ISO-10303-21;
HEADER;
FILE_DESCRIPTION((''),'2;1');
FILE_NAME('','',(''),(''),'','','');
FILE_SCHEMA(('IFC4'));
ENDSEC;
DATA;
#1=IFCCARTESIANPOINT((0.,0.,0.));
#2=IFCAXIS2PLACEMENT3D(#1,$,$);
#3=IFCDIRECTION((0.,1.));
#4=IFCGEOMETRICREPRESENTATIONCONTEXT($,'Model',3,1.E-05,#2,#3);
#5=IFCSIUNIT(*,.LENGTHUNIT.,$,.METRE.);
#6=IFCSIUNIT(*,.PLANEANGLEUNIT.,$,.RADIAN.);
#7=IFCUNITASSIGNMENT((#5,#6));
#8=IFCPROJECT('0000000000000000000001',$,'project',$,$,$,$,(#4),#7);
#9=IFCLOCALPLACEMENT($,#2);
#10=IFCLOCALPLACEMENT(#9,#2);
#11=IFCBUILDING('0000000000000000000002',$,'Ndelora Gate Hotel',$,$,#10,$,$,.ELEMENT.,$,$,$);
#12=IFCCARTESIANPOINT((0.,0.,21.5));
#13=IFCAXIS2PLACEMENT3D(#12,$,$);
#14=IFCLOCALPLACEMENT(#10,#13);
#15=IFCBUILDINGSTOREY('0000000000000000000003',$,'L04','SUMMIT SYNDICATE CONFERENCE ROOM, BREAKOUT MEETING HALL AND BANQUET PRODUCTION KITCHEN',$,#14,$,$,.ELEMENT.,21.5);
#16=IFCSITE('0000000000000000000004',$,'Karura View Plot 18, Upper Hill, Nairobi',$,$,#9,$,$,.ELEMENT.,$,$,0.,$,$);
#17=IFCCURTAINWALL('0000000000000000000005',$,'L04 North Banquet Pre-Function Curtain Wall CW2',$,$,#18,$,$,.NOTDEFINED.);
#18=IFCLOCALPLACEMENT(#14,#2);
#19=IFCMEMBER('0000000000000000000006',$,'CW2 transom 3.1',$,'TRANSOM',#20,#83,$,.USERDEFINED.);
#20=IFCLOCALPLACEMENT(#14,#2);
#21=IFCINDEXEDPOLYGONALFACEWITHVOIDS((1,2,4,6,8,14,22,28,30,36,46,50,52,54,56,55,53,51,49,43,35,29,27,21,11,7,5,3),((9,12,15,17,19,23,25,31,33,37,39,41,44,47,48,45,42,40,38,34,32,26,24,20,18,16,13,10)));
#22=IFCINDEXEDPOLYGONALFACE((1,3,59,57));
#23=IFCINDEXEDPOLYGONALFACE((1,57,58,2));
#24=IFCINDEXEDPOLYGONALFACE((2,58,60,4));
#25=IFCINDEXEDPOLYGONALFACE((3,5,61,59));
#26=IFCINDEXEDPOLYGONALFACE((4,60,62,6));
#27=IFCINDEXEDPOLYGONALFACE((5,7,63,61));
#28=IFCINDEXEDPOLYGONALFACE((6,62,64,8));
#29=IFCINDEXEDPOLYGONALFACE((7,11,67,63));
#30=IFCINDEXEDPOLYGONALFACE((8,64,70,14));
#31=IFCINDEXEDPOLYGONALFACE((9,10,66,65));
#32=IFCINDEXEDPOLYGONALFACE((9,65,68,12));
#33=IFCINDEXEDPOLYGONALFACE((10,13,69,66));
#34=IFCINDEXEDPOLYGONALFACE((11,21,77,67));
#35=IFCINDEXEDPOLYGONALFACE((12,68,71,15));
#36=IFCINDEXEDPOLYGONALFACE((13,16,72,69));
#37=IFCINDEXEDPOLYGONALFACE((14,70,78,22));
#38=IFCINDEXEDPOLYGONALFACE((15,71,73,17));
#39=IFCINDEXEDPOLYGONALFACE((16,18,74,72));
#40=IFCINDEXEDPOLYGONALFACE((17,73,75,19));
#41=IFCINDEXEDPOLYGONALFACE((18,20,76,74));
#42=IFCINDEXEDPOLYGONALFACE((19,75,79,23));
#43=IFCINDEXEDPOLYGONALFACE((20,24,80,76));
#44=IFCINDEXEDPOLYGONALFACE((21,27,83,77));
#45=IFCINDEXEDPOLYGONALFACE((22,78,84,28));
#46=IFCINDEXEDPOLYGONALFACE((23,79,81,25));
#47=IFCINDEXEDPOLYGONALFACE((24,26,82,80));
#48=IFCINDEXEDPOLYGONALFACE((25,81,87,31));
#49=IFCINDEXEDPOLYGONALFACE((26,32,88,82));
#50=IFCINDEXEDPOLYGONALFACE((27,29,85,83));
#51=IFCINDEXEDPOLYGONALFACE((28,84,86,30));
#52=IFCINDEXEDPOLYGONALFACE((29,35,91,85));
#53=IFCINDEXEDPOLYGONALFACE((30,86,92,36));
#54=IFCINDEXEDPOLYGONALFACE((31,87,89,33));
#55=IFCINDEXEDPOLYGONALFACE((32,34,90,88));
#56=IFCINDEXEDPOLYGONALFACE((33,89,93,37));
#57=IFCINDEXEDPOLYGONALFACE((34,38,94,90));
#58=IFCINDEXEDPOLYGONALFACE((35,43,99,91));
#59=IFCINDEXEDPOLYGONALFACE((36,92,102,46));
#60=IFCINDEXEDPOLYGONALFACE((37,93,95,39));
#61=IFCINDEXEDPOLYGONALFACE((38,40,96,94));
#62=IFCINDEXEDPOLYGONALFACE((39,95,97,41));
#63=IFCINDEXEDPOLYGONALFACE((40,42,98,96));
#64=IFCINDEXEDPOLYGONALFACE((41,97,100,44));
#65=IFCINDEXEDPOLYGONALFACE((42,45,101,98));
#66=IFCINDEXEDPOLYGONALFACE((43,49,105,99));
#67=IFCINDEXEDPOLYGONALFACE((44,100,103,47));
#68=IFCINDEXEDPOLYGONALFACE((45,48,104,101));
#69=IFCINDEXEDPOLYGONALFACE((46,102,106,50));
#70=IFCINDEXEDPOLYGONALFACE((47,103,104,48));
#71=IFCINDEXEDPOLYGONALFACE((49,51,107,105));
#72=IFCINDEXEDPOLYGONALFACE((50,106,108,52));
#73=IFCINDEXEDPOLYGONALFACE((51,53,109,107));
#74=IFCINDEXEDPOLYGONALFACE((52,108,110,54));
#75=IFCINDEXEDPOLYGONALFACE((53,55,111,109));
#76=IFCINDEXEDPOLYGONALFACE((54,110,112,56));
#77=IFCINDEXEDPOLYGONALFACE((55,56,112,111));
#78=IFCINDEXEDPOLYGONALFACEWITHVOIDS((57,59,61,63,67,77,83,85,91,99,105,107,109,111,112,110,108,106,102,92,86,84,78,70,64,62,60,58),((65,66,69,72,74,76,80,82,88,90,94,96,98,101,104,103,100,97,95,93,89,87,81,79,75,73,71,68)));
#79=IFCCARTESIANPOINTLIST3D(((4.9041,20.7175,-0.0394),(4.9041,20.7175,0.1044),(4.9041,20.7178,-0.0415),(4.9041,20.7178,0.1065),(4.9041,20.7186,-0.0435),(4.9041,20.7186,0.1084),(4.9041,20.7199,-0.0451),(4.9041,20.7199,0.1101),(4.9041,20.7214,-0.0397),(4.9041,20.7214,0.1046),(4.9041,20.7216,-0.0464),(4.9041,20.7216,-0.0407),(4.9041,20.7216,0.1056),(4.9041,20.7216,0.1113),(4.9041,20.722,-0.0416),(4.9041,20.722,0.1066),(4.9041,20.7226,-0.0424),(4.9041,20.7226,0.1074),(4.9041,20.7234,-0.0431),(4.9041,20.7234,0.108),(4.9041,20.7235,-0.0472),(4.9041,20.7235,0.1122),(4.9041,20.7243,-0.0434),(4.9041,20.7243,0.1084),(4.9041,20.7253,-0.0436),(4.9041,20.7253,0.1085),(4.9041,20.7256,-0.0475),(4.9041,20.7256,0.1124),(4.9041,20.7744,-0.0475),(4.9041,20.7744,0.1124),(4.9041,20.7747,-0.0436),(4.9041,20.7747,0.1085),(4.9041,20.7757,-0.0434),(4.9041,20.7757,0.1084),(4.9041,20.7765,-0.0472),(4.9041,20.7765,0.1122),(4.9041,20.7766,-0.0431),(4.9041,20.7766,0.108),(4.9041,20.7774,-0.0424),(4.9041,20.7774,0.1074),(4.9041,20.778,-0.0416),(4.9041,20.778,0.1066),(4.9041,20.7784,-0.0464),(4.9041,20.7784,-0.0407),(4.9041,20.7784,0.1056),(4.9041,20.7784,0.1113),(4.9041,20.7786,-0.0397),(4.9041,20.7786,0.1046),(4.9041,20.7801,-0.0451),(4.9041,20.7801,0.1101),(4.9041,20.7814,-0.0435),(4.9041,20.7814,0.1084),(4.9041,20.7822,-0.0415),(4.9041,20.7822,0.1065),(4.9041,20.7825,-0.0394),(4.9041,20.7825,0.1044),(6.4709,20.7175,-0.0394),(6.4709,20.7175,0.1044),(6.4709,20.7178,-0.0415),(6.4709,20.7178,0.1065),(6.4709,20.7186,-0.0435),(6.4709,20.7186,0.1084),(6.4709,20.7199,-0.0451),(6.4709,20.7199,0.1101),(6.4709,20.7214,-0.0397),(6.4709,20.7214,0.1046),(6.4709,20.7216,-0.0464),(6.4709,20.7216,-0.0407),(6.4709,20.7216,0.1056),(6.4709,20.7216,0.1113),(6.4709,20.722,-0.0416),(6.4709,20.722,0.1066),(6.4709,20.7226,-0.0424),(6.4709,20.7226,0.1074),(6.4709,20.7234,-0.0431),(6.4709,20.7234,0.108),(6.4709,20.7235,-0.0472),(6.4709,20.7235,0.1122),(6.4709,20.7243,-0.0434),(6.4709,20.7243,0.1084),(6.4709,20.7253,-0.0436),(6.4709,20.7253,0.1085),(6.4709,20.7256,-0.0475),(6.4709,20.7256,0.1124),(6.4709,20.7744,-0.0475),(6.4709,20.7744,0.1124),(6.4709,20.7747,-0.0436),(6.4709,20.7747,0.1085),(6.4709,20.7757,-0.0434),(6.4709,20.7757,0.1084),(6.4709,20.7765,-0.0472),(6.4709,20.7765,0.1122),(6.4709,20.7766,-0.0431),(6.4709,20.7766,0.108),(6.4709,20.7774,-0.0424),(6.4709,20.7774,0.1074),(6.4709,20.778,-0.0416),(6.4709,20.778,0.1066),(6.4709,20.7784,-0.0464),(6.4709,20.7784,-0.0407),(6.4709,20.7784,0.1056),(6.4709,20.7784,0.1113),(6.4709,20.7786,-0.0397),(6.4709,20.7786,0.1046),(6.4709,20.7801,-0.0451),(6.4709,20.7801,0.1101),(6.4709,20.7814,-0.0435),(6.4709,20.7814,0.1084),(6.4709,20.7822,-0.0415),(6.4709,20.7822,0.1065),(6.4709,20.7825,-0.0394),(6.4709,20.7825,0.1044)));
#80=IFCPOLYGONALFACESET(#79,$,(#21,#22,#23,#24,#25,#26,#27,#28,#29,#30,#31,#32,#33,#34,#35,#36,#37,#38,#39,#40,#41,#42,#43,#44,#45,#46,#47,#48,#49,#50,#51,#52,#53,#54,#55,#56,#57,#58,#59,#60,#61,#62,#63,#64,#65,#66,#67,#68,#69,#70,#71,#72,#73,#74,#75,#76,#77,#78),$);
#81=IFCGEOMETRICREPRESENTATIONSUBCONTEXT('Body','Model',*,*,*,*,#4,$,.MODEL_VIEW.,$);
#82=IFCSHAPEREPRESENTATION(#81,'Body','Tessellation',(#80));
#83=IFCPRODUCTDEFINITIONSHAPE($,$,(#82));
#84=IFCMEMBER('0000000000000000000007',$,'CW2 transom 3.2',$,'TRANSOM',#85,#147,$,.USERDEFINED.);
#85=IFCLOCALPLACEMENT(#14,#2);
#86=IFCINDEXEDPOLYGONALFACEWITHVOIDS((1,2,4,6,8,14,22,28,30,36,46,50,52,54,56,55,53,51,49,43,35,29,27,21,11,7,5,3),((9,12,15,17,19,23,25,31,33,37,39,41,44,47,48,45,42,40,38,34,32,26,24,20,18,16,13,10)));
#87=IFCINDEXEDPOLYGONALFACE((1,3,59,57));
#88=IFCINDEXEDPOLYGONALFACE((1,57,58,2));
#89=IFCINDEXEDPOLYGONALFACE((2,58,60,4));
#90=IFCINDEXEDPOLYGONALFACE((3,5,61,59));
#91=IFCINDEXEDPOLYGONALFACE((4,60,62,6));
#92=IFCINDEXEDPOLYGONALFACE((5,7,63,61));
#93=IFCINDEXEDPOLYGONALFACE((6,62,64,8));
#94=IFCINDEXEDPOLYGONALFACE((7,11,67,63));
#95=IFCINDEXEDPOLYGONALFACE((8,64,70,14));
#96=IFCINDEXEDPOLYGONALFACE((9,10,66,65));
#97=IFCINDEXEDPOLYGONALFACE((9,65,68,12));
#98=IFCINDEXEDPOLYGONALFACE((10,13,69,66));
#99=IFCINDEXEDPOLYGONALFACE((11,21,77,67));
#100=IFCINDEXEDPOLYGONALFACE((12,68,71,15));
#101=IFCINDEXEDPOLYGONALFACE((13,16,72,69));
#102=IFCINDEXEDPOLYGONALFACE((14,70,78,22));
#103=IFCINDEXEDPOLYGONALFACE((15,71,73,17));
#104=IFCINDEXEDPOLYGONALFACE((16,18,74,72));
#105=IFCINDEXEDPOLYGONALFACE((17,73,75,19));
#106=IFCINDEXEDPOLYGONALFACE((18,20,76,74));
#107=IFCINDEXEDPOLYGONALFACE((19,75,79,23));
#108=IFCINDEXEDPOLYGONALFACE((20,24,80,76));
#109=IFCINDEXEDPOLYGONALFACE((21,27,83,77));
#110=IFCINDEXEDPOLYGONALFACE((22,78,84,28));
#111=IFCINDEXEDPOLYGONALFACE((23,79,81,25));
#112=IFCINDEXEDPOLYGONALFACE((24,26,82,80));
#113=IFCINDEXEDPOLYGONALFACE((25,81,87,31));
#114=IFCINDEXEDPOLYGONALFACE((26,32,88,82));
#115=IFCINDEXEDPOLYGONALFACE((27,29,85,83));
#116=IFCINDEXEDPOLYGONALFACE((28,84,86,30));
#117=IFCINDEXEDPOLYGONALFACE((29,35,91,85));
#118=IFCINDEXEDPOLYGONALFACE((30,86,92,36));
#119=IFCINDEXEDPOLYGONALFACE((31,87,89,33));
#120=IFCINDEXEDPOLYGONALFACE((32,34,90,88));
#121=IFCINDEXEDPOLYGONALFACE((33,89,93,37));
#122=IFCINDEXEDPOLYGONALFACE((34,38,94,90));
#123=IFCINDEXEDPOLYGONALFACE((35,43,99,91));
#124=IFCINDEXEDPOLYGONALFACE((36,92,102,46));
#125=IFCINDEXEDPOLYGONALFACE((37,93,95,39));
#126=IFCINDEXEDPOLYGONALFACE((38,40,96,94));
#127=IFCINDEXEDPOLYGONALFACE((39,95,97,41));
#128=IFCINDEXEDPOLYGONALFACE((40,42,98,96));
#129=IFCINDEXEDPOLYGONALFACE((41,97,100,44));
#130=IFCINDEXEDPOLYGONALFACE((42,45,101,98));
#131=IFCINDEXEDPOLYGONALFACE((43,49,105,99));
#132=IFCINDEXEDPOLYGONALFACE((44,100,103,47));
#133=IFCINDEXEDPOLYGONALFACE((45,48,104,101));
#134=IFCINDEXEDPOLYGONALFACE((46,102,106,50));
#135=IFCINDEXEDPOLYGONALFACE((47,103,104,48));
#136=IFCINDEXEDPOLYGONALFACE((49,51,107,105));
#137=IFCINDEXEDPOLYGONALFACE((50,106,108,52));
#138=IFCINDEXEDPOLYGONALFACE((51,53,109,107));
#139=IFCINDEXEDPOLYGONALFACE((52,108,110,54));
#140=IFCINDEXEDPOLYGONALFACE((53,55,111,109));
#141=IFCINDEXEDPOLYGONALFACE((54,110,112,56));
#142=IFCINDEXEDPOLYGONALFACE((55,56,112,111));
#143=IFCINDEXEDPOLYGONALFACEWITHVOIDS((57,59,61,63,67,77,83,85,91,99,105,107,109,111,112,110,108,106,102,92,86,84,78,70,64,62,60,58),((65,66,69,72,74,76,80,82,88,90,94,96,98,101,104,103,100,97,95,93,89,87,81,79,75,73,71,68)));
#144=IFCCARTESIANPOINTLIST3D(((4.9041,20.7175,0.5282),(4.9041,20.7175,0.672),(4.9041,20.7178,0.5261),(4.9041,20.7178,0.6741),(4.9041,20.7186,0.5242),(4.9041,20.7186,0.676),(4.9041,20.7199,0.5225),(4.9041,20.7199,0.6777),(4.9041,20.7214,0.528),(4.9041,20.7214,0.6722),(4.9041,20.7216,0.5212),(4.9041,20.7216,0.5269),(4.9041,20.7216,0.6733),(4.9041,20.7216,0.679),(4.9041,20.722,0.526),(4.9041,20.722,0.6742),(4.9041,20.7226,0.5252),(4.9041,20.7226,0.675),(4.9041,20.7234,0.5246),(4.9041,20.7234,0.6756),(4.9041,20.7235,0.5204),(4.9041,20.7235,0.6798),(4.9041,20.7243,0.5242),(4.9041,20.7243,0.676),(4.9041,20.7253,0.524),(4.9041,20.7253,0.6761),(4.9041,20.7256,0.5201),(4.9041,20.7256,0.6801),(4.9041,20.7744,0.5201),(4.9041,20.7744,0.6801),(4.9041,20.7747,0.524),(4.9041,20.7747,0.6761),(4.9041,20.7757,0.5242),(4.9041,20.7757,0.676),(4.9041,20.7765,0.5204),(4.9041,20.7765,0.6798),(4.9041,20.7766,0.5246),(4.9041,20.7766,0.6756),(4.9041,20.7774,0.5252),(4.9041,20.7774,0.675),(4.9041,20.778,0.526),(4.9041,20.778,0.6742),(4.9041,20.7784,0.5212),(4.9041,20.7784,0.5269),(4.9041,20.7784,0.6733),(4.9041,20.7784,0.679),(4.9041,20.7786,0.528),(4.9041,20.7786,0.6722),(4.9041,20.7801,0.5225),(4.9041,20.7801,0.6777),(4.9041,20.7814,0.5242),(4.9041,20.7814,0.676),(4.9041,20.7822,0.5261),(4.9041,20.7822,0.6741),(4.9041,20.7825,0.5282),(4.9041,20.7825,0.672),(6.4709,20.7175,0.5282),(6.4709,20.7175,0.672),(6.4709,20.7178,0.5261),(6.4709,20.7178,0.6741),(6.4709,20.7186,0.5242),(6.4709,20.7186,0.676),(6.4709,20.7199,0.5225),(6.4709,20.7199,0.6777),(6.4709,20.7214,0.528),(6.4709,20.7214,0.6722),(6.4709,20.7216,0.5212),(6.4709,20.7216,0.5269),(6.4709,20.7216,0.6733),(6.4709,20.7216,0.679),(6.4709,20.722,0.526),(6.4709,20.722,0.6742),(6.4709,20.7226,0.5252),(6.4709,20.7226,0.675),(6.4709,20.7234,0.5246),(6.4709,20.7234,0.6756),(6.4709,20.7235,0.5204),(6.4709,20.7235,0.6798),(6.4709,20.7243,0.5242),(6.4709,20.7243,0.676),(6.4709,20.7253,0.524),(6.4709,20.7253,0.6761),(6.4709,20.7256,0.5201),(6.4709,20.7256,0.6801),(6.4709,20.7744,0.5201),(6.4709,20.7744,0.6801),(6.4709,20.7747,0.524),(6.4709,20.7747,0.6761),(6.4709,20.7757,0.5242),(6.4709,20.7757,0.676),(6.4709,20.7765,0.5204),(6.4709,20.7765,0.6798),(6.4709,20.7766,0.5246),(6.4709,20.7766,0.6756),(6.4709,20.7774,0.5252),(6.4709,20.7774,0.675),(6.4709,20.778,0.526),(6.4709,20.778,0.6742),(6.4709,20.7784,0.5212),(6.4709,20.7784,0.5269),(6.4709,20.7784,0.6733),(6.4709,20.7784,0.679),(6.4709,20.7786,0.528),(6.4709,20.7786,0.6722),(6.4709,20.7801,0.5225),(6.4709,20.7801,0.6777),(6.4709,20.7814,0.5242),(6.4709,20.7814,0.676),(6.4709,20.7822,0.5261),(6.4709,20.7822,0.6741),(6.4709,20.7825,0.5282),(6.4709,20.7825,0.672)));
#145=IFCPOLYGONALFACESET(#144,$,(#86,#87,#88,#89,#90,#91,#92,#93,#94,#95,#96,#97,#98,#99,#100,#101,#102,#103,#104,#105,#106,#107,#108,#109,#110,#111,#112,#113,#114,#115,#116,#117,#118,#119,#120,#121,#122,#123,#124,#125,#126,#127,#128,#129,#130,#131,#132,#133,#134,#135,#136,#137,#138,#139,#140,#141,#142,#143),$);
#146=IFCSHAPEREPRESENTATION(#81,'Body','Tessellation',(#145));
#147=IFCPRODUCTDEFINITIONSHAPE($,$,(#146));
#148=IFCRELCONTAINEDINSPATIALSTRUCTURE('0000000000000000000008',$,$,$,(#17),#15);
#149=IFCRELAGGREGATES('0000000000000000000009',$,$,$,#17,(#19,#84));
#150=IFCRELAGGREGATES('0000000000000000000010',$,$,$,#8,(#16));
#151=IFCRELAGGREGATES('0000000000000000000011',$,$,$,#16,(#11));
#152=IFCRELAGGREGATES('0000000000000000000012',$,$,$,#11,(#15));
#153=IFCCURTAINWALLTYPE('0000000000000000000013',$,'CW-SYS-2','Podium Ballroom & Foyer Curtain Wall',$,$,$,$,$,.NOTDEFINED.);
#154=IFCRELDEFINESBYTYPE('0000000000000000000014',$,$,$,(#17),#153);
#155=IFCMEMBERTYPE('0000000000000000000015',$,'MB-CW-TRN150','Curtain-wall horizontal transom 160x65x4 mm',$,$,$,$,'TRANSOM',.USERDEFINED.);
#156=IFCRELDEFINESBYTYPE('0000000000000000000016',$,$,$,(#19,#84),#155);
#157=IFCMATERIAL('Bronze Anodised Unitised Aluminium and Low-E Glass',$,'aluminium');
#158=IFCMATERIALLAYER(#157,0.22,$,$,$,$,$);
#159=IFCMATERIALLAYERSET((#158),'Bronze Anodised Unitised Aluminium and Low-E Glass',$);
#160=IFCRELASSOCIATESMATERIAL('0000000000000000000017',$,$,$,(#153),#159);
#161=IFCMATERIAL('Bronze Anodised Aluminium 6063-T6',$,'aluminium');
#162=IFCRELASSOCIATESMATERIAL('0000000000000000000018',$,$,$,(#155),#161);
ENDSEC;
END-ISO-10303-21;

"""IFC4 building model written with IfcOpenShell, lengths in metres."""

from ifc_helpers import new_model, si_unit, direction, frame, origin, origin_2d, place, context, subcontext, project, spatial, hollow_rectangle, extrude, material, layer, layer_set, material_profile, profile_set, type_object, element, aggregate, save


model = new_model("IFC4")

# Units and contexts
model_context = context("Model", 3, precision=1e-05, world=origin(), true_north=direction((0.0, 1.0)))
body_context = subcontext(model_context, "Body", "Model", "MODEL_VIEW")
ifc_project = project(units=[si_unit("LENGTHUNIT", "METRE"), si_unit("PLANEANGLEUNIT", "RADIAN")], contexts=[model_context])

# Site, building, storey
site_placement = place(None, origin())
site = spatial("IfcSite", under=ifc_project, at=site_placement, Name="Karura View Plot 18, Upper Hill, Nairobi", CompositionType="ELEMENT", RefElevation=0.0)
building_placement = place(site_placement, origin())
building = spatial("IfcBuilding", under=site, at=building_placement, Name="Ndelora Gate Hotel", CompositionType="ELEMENT")
storey_placement = place(building_placement, frame((0.0, 0.0, 21.5)))
storey = spatial("IfcBuildingStorey", under=building, at=storey_placement, Name="L04", Description="SUMMIT SYNDICATE CONFERENCE ROOM, BREAKOUT MEETING HALL AND BANQUET PRODUCTION KITCHEN", CompositionType="ELEMENT", Elevation=21.5)

# Curtain wall, members
ifc_material_1 = material(Name="Bronze Anodised Unitised Aluminium and Low-E Glass", Category="aluminium")
ifc_layer_1 = layer(ifc_material_1, 0.22)
ifc_layer_set_1 = layer_set([ifc_layer_1], Name="Bronze Anodised Unitised Aluminium and Low-E Glass")
curtain_wall_type = type_object("IfcCurtainWallType", Name="CW-SYS-2", Description="Podium Ballroom & Foyer Curtain Wall", PredefinedType="NOTDEFINED", material=ifc_layer_set_1)
curtain_wall_placement = place(storey_placement, origin())
curtain_wall = element("IfcCurtainWall", 1, at=curtain_wall_placement, inside=storey, type_object=curtain_wall_type, Name="L04 North Banquet Pre-Function Curtain Wall CW2", PredefinedType="NOTDEFINED")
ifc_material_2 = material(Name="Bronze Anodised Aluminium 6063-T6", Category="aluminium")
ifc_material_profile_1 = material_profile(ifc_material_2, hollow_rectangle(XDim=0.0649, YDim=0.1599, WallThickness=0.0039, InnerFilletRadius=0.0039, OuterFilletRadius=0.0081, at=origin_2d()), Name="ALU 160x65x4")
ifc_profile_set_1 = profile_set([ifc_material_profile_1], Name="Bronze Anodised Aluminium 6063-T6")
member_type_1 = type_object("IfcMemberType", Name="MB-CW-TRN150", Description="Curtain-wall horizontal transom 160x65x4 mm", ElementType="TRANSOM", PredefinedType="USERDEFINED", material=ifc_profile_set_1)
member_1_placement = place(storey_placement, frame((6.4709, 20.75, 0.0325), z_axis=(-1.0, 0.0, 0.0), x_axis=(0.0, -1.0, 0.0)))
member_1 = element("IfcMember", 2, at=member_1_placement, type_object=member_type_1, Name="CW2 transom 3.1", ObjectType="TRANSOM", PredefinedType="USERDEFINED", context=body_context, shape_type="SweptSolid", body=[
    extrude(hollow_rectangle(XDim=0.0649, YDim=0.1599, WallThickness=0.0039, InnerFilletRadius=0.0039, OuterFilletRadius=0.0081, at=origin_2d()), origin(), (0.0, 0.0, 1.0), 1.5669),
])
member_2_placement = place(storey_placement, frame((6.4709, 20.75, 0.6001), z_axis=(-1.0, 0.0, 0.0), x_axis=(0.0, -1.0, 0.0)))
member_2 = element("IfcMember", 3, at=member_2_placement, type_object=member_type_1, Name="CW2 transom 3.2", ObjectType="TRANSOM", PredefinedType="USERDEFINED", context=body_context, shape_type="SweptSolid", body=[
    extrude(hollow_rectangle(XDim=0.0649, YDim=0.1599, WallThickness=0.0039, InnerFilletRadius=0.0039, OuterFilletRadius=0.0081, at=origin_2d()), origin(), (0.0, 0.0, 1.0), 1.5669),
])
aggregate(curtain_wall, [member_1, member_2])

save(model, "model.ifc")
